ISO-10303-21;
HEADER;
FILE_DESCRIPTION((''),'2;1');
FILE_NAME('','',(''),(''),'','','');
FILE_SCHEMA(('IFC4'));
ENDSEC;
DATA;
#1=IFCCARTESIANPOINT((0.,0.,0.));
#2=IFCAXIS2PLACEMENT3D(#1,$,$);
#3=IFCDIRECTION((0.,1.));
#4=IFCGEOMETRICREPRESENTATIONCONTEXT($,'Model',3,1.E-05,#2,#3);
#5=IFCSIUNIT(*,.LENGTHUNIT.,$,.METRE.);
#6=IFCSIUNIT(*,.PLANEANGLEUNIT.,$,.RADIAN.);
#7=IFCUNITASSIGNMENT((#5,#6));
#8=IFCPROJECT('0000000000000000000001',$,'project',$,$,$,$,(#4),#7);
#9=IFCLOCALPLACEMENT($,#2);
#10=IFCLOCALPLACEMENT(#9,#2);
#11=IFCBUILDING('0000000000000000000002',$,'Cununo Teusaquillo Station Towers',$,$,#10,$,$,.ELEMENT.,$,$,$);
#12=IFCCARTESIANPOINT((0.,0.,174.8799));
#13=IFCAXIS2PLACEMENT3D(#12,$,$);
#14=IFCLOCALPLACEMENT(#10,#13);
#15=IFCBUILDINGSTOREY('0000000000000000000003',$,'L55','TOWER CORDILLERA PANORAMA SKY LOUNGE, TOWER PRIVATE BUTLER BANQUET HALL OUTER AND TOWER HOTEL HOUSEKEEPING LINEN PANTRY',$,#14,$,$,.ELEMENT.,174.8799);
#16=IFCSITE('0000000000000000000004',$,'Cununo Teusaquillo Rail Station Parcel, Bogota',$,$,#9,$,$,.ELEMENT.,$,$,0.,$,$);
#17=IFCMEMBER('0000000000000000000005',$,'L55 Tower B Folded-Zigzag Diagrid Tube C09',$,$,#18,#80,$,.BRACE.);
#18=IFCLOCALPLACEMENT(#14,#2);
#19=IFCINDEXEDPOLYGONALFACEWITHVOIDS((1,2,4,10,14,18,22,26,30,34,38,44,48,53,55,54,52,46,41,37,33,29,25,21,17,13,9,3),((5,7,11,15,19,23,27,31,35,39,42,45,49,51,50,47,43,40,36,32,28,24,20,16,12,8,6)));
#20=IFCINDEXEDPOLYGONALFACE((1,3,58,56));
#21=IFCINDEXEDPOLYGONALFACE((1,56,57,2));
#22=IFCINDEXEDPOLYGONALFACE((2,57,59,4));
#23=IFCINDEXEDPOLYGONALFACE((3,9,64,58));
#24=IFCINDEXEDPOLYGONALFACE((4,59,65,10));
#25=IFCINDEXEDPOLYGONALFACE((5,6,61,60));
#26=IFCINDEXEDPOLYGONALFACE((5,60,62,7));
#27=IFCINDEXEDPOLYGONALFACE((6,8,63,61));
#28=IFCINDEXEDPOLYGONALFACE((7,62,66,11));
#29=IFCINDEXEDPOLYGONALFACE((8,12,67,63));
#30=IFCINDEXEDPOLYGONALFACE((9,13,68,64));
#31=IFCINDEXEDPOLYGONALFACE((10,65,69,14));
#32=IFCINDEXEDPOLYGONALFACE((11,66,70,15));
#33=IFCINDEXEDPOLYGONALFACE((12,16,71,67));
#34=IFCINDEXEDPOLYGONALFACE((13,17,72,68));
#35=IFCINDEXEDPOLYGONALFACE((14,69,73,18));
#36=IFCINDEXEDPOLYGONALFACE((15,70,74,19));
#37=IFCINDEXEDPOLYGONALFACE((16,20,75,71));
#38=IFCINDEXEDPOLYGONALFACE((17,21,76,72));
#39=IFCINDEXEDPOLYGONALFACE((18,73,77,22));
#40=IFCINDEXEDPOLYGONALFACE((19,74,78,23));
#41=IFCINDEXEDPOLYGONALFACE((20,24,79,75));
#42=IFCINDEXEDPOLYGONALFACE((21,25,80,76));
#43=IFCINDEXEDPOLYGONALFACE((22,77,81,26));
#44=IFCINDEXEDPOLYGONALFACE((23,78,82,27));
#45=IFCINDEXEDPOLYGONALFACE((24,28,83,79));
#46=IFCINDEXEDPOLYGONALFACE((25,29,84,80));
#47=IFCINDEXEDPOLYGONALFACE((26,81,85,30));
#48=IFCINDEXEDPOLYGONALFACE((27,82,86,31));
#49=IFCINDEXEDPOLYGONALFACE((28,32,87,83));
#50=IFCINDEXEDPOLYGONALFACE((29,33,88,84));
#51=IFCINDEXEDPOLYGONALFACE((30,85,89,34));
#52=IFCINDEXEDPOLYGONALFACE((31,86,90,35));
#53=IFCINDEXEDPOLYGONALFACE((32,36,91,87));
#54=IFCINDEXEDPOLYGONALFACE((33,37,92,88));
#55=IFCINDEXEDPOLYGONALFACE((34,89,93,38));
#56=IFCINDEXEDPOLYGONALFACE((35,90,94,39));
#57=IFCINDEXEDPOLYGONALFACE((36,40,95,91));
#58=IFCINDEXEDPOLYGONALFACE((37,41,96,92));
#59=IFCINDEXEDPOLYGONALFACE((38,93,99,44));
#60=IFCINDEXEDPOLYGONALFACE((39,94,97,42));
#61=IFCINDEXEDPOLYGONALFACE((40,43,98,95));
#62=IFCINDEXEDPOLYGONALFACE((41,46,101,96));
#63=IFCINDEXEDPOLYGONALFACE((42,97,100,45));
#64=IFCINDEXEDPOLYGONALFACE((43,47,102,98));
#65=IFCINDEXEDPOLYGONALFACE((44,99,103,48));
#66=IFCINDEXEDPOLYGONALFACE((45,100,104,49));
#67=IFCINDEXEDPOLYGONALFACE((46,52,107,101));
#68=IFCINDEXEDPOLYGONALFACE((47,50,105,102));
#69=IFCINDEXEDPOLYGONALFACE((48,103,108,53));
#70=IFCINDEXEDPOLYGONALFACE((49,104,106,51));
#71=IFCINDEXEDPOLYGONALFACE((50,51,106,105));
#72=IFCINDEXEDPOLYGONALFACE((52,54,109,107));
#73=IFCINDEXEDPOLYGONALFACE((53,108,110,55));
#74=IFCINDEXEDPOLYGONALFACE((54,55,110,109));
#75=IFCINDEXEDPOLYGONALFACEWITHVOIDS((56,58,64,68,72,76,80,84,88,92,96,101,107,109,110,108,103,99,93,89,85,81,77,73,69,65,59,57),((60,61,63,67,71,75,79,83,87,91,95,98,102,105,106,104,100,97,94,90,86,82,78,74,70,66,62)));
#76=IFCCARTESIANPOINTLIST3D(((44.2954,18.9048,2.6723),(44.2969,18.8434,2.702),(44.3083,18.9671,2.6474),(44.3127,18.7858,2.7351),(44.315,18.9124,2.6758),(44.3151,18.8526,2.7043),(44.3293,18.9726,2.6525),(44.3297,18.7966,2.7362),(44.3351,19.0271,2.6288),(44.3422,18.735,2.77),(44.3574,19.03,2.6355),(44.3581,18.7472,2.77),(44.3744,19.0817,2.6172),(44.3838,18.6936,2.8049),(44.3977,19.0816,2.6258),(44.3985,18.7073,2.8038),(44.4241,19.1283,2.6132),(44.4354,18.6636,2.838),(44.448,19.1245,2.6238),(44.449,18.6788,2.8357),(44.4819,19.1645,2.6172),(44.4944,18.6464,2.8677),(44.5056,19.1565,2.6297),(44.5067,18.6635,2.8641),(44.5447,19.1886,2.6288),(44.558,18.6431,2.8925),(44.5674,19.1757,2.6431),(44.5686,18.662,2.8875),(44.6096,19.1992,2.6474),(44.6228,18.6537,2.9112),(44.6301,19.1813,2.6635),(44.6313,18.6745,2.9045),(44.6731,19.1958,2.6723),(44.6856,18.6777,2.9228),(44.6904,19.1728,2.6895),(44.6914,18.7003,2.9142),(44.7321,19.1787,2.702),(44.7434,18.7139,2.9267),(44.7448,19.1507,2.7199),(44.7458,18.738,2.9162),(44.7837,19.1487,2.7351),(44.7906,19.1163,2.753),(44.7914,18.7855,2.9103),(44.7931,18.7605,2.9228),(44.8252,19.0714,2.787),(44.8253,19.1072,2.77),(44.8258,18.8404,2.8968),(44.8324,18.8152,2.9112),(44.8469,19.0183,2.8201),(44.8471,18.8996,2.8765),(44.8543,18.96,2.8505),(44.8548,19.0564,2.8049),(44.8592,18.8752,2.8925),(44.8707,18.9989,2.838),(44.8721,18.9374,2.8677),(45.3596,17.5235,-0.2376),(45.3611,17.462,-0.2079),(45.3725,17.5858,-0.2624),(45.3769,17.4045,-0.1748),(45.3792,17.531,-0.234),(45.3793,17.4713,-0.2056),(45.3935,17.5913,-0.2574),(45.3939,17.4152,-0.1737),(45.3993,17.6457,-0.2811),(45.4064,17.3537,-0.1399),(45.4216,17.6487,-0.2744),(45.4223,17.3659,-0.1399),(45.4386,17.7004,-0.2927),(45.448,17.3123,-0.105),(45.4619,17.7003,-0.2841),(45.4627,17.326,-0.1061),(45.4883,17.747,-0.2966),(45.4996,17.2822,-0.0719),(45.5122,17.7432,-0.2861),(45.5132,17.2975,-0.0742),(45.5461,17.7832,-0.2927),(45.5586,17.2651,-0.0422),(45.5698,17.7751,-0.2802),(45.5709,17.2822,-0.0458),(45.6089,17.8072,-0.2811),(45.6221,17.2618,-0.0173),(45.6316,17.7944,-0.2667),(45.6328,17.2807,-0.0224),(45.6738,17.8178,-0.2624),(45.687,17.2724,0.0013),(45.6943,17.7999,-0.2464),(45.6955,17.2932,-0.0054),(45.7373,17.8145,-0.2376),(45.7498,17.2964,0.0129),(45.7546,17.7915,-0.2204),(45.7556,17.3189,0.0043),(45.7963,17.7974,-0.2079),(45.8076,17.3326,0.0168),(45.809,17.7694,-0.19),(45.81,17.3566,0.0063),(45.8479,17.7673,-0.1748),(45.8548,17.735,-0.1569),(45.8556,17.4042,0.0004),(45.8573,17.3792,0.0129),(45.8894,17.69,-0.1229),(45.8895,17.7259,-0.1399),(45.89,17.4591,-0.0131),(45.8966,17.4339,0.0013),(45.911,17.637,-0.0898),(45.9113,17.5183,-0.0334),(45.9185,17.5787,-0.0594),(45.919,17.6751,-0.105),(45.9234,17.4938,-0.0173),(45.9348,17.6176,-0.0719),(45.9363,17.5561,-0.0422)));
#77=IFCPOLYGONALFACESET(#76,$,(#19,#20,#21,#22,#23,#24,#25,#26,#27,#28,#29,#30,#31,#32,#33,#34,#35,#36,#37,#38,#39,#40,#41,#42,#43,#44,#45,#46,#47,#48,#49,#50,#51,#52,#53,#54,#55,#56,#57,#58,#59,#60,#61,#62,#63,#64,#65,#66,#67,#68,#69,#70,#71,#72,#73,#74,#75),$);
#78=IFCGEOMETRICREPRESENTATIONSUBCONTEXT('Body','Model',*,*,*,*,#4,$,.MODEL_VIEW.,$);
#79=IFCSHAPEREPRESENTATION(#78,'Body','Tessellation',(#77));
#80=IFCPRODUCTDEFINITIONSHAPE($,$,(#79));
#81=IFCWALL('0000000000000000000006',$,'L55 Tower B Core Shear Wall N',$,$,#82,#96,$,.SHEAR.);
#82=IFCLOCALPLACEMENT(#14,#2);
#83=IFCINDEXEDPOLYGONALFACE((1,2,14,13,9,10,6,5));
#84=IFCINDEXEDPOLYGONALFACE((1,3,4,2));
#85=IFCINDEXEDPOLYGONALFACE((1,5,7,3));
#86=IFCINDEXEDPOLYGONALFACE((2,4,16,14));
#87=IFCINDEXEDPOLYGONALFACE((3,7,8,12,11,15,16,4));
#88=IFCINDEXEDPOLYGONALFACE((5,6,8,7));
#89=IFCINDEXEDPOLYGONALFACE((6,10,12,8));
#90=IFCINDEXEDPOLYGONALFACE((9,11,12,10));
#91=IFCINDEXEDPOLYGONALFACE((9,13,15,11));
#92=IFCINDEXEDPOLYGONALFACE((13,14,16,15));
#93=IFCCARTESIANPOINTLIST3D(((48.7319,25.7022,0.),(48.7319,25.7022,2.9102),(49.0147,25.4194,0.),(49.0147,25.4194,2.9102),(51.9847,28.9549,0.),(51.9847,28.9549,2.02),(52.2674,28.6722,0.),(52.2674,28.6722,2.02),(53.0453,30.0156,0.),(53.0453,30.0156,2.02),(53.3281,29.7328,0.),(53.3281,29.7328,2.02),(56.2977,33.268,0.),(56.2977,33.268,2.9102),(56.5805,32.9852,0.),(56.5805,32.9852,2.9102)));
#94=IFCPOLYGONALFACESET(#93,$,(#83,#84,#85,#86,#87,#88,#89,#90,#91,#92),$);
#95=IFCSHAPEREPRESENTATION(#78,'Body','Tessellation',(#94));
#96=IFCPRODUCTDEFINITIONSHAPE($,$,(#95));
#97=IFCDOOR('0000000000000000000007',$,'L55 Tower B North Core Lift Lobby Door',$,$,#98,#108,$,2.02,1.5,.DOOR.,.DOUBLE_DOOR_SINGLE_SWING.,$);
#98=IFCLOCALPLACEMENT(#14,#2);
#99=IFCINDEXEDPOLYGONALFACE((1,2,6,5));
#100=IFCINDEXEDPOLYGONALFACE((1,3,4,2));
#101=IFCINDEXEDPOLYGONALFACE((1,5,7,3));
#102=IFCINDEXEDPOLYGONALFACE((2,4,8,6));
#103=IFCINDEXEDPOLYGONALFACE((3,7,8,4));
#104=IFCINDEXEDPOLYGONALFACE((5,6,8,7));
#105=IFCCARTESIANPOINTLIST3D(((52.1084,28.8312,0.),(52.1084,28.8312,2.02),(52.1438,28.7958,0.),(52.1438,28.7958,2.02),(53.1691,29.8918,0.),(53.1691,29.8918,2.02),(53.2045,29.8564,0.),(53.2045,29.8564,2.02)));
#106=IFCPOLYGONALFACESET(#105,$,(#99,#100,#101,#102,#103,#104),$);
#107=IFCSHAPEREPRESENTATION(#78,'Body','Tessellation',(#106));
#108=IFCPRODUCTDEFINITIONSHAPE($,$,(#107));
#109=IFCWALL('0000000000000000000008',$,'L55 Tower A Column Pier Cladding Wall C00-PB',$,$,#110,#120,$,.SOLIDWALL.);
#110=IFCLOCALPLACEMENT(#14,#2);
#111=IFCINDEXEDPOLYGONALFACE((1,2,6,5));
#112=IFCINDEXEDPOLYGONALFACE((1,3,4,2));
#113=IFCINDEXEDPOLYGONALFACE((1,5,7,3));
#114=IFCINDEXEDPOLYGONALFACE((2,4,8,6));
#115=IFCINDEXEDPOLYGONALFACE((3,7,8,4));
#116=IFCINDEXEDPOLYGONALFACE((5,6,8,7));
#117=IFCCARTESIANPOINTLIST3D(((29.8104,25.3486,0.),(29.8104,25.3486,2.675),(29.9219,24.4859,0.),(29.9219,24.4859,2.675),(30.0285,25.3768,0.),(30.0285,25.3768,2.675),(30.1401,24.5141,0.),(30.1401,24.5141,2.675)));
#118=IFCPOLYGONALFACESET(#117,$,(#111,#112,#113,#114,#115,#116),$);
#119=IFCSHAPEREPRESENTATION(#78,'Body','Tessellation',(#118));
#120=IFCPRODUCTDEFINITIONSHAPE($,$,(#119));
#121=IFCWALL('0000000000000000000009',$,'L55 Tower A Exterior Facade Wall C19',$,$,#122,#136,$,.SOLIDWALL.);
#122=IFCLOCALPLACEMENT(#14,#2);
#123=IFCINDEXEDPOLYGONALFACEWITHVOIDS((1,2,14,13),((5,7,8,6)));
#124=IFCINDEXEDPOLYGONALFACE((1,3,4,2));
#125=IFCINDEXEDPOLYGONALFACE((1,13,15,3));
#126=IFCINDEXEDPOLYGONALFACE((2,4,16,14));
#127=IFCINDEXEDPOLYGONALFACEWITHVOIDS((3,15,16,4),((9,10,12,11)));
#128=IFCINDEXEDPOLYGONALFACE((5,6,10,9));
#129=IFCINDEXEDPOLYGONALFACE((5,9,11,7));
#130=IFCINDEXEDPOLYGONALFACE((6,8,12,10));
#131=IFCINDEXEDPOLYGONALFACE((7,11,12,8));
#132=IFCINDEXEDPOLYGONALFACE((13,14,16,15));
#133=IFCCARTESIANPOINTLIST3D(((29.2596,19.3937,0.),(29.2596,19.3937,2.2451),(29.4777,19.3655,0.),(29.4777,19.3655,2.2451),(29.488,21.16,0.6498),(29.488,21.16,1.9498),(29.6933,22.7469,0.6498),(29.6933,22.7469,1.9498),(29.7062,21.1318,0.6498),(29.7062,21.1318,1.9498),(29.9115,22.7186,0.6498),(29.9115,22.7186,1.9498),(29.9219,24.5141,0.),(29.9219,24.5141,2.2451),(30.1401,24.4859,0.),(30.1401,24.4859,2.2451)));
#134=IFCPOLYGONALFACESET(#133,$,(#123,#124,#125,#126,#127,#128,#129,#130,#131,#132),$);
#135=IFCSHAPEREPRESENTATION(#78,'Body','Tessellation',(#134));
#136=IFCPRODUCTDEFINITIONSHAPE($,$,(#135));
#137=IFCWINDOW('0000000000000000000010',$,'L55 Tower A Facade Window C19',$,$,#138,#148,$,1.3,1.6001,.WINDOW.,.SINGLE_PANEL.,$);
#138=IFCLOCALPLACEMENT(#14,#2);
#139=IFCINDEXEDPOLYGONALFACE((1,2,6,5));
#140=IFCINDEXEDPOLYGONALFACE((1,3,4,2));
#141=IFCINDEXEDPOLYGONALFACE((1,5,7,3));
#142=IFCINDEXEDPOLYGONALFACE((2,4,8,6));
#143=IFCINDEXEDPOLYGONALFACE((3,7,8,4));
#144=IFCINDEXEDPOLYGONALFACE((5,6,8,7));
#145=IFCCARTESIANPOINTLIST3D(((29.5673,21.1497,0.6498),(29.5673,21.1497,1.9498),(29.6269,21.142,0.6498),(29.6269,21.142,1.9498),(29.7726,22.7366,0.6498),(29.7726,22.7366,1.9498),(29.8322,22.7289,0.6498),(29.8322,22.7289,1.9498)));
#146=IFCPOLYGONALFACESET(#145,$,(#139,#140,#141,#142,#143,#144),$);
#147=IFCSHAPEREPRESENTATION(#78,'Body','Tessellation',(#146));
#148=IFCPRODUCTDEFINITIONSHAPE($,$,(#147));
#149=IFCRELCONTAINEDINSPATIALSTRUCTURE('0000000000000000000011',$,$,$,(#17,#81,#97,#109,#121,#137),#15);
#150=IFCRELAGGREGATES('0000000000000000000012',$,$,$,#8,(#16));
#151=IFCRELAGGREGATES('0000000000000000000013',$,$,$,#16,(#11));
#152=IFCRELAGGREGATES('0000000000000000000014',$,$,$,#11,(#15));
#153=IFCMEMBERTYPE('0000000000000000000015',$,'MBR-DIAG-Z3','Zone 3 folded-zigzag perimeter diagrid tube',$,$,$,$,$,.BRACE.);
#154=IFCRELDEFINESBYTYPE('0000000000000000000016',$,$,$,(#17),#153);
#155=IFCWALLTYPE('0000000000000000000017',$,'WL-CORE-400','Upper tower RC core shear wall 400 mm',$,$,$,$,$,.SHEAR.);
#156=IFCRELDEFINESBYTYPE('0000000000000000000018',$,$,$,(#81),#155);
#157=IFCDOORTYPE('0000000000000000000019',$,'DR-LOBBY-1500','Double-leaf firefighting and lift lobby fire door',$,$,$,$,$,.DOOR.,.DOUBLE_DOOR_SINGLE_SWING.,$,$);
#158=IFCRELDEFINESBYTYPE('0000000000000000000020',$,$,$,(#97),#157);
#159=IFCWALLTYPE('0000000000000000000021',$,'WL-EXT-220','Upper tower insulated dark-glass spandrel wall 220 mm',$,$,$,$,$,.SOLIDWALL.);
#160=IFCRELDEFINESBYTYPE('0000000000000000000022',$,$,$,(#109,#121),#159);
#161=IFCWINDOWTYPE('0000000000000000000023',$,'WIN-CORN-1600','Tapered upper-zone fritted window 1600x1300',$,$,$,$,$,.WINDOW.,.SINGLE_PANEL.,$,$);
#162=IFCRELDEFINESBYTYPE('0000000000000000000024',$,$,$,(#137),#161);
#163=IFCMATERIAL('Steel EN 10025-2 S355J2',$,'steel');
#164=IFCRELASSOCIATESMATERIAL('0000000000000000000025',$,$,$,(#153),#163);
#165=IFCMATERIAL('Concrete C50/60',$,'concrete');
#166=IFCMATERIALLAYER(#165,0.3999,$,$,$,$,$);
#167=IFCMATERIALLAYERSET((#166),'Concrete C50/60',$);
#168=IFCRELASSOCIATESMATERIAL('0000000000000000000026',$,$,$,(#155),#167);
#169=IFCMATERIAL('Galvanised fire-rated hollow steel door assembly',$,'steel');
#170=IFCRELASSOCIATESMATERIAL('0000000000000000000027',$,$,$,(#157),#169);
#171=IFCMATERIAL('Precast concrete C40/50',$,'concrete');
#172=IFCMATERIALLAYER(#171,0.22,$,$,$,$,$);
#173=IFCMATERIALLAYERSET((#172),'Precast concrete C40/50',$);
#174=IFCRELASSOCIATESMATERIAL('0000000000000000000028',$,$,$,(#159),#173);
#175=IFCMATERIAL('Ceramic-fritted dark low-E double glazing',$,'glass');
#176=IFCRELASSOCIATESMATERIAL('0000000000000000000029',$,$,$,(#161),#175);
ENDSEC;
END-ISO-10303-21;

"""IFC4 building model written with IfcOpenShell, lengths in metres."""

from ifc_helpers import new_model, si_unit, direction, frame, frame_2d, origin, origin_2d, place, context, subcontext, project, spatial, rectangle, hollow_circle, extrude, source, transform, mapped, material, layer, layer_set, material_profile, profile_set, type_object, element, fill, save


model = new_model("IFC4")

# Units and contexts
model_context = context("Model", 3, precision=1e-05, world=origin(), true_north=direction((0.0, 1.0)))
body_context = subcontext(model_context, "Body", "Model", "MODEL_VIEW")
ifc_project = project(units=[si_unit("LENGTHUNIT", "METRE"), si_unit("PLANEANGLEUNIT", "RADIAN")], contexts=[model_context])

# Site, building, storey
site_placement = place(None, origin())
site = spatial("IfcSite", under=ifc_project, at=site_placement, Name="Cununo Teusaquillo Rail Station Parcel, Bogota", CompositionType="ELEMENT", RefElevation=0.0)
building_placement = place(site_placement, origin())
building = spatial("IfcBuilding", under=site, at=building_placement, Name="Cununo Teusaquillo Station Towers", CompositionType="ELEMENT")
storey_placement = place(building_placement, frame((0.0, 0.0, 174.8799)))
storey = spatial("IfcBuildingStorey", under=building, at=storey_placement, Name="L55", Description="TOWER CORDILLERA PANORAMA SKY LOUNGE, TOWER PRIVATE BUTLER BANQUET HALL OUTER AND TOWER HOTEL HOUSEKEEPING LINEN PANTRY", CompositionType="ELEMENT", Elevation=174.8799)

# Member
ifc_material_1 = material(Name="Steel EN 10025-2 S355J2", Category="steel")
ifc_material_profile_1 = material_profile(ifc_material_1, hollow_circle(Radius=0.3049, WallThickness=0.02, at=origin_2d()), Name="CHS 610x20")
ifc_profile_set_1 = profile_set([ifc_material_profile_1], Name="Steel EN 10025-2 S355J2")
member_type_1 = type_object("IfcMemberType", Name="MBR-DIAG-Z3", Description="Zone 3 folded-zigzag perimeter diagrid tube", PredefinedType="BRACE", material=ifc_profile_set_1)
member_1_placement = place(storey_placement, frame((45.6479, 17.5398, -0.1399), z_axis=(-0.313706, 0.407191, 0.857779), x_axis=(-0.792171, -0.610299, 0.0)))
element("IfcMember", 1, at=member_1_placement, inside=storey, type_object=member_type_1, Name="L55 Tower B Folded-Zigzag Diagrid Tube C09", PredefinedType="BRACE", context=body_context, shape_type="SweptSolid", body=[
    extrude(hollow_circle(Radius=0.3049, WallThickness=0.02, at=origin_2d()), origin(), (0.0, 0.0, 1.0), 3.3923),
])

# Wall, opening, door
ifc_material_2 = material(Name="Concrete C50/60", Category="concrete")
ifc_layer_1 = layer(ifc_material_2, 0.3999)
ifc_layer_set_1 = layer_set([ifc_layer_1], Name="Concrete C50/60")
wall_type_1 = type_object("IfcWallType", Name="WL-CORE-400", Description="Upper tower RC core shear wall 400 mm", PredefinedType="SHEAR", material=ifc_layer_set_1)
wall_1_placement = place(storey_placement, frame((48.8733, 25.5608, 0.0), z_axis=(0.0, 0.0, 1.0), x_axis=(0.707107, 0.707107, 0.0)))
wall_1 = element("IfcWall", 2, at=wall_1_placement, inside=storey, type_object=wall_type_1, Name="L55 Tower B Core Shear Wall N", PredefinedType="SHEAR", context=body_context, shape_type="SweptSolid", body=[
    extrude(rectangle(XDim=10.6997, YDim=0.3999, at=frame_2d((5.3499, 0.0))), origin(), (0.0, 0.0, 1.0), 2.9102),
])
shared_shape_1 = source(origin(), body_context, "Body", "SweptSolid", [
    extrude(rectangle(XDim=1.5, YDim=2.02, at=frame_2d((0.75, 1.01))), frame((0.0, 0.21, 0.0), z_axis=(0.0, -1.0, 0.0), x_axis=(1.0, 0.0, 0.0)), (0.0, 0.0, 1.0), 0.4199),
])
opening_1_placement = place(wall_1_placement, frame((4.6001, 0.0, 0.0)))
opening_1 = element("IfcOpeningElement", 3, at=opening_1_placement, cuts=wall_1, PredefinedType="OPENING", context=body_context, shape_type="MappedRepresentation", body=[
    mapped(shared_shape_1, transform((0.0, 0.0, 0.0), x_axis=(1.0, 0.0, 0.0), y_axis=(0.0, 1.0, 0.0), z_axis=(0.0, 0.0, 1.0), scale=1.0)),
])
ifc_material_3 = material(Name="Galvanised fire-rated hollow steel door assembly", Category="steel")
door_type_1 = type_object("IfcDoorType", Name="DR-LOBBY-1500", Description="Double-leaf firefighting and lift lobby fire door", OperationType="DOUBLE_DOOR_SINGLE_SWING", PredefinedType="DOOR", material=ifc_material_3)
shared_shape_2 = source(origin(), body_context, "Body", "SweptSolid", [
    extrude(rectangle(XDim=1.5, YDim=2.02, at=frame_2d((0.75, 1.01))), frame((0.0, 0.0249, 0.0), z_axis=(0.0, -1.0, 0.0), x_axis=(1.0, 0.0, 0.0)), (0.0, 0.0, 1.0), 0.05),
])
door_1_placement = place(opening_1_placement, origin())
door_1 = element("IfcDoor", 4, at=door_1_placement, inside=storey, type_object=door_type_1, Name="L55 Tower B North Core Lift Lobby Door", OperationType="DOUBLE_DOOR_SINGLE_SWING", OverallHeight=2.02, OverallWidth=1.5, PredefinedType="DOOR", context=body_context, shape_type="MappedRepresentation", body=[
    mapped(shared_shape_2, transform((0.0, 0.0, 0.0), x_axis=(1.0, 0.0, 0.0), y_axis=(0.0, 1.0, 0.0), z_axis=(0.0, 0.0, 1.0), scale=1.0)),
])
fill(opening_1, door_1)

# Wall
ifc_material_4 = material(Name="Precast concrete C40/50", Category="concrete")
ifc_layer_2 = layer(ifc_material_4, 0.22)
ifc_layer_set_2 = layer_set([ifc_layer_2], Name="Precast concrete C40/50")
wall_type_2 = type_object("IfcWallType", Name="WL-EXT-220", Description="Upper tower insulated dark-glass spandrel wall 220 mm", PredefinedType="SOLIDWALL", material=ifc_layer_set_2)
wall_2_placement = place(storey_placement, frame((29.9194, 25.3628, 0.0), z_axis=(0.0, 0.0, 1.0), x_axis=(0.128247, -0.991742, 0.0)))
element("IfcWall", 5, at=wall_2_placement, inside=storey, type_object=wall_type_2, Name="L55 Tower A Column Pier Cladding Wall C00-PB", PredefinedType="SOLIDWALL", context=body_context, shape_type="SweptSolid", body=[
    extrude(rectangle(XDim=0.8699, YDim=0.22, at=frame_2d((0.4351, 0.0))), origin(), (0.0, 0.0, 1.0), 2.675),
])

# Wall, opening, window
wall_3_placement = place(storey_placement, frame((30.031, 24.5, 0.0), z_axis=(0.0, 0.0, 1.0), x_axis=(-0.128288, -0.991737, 0.0)))
wall_3 = element("IfcWall", 6, at=wall_3_placement, inside=storey, type_object=wall_type_2, Name="L55 Tower A Exterior Facade Wall C19", PredefinedType="SOLIDWALL", context=body_context, shape_type="SweptSolid", body=[
    extrude(rectangle(XDim=5.1631, YDim=0.22, at=frame_2d((2.5815, 0.0))), origin(), (0.0, 0.0, 1.0), 2.2451),
])
shared_shape_3 = source(origin(), body_context, "Body", "SweptSolid", [
    extrude(rectangle(XDim=1.6001, YDim=1.3, at=frame_2d((0.8, 0.6499))), frame((0.0, 0.1199, 0.0), z_axis=(0.0, -1.0, 0.0), x_axis=(1.0, 0.0, 0.0)), (0.0, 0.0, 1.0), 0.24),
])
opening_2_placement = place(wall_3_placement, frame((1.782, 0.0, 0.6499)))
opening_2 = element("IfcOpeningElement", 7, at=opening_2_placement, cuts=wall_3, PredefinedType="OPENING", context=body_context, shape_type="MappedRepresentation", body=[
    mapped(shared_shape_3, transform((0.0, 0.0, 0.0), x_axis=(1.0, 0.0, 0.0), y_axis=(0.0, 1.0, 0.0), z_axis=(0.0, 0.0, 1.0), scale=1.0)),
])
ifc_material_5 = material(Name="Ceramic-fritted dark low-E double glazing", Category="glass")
window_type = type_object("IfcWindowType", Name="WIN-CORN-1600", Description="Tapered upper-zone fritted window 1600x1300", PartitioningType="SINGLE_PANEL", PredefinedType="WINDOW", material=ifc_material_5)
shared_shape_4 = source(origin(), body_context, "Body", "SweptSolid", [
    extrude(rectangle(XDim=1.6001, YDim=1.3, at=frame_2d((0.8, 0.6499))), frame((0.0, 0.03, 0.0), z_axis=(0.0, -1.0, 0.0), x_axis=(1.0, 0.0, 0.0)), (0.0, 0.0, 1.0), 0.0601),
])
window_1_placement = place(opening_2_placement, origin())
window_1 = element("IfcWindow", 8, at=window_1_placement, inside=storey, type_object=window_type, Name="L55 Tower A Facade Window C19", OverallHeight=1.3, OverallWidth=1.6001, PartitioningType="SINGLE_PANEL", PredefinedType="WINDOW", context=body_context, shape_type="MappedRepresentation", body=[
    mapped(shared_shape_4, transform((0.0, 0.0, 0.0), x_axis=(1.0, 0.0, 0.0), y_axis=(0.0, 1.0, 0.0), z_axis=(0.0, 0.0, 1.0), scale=1.0)),
])
fill(opening_2, window_1)

save(model, "model.ifc")
